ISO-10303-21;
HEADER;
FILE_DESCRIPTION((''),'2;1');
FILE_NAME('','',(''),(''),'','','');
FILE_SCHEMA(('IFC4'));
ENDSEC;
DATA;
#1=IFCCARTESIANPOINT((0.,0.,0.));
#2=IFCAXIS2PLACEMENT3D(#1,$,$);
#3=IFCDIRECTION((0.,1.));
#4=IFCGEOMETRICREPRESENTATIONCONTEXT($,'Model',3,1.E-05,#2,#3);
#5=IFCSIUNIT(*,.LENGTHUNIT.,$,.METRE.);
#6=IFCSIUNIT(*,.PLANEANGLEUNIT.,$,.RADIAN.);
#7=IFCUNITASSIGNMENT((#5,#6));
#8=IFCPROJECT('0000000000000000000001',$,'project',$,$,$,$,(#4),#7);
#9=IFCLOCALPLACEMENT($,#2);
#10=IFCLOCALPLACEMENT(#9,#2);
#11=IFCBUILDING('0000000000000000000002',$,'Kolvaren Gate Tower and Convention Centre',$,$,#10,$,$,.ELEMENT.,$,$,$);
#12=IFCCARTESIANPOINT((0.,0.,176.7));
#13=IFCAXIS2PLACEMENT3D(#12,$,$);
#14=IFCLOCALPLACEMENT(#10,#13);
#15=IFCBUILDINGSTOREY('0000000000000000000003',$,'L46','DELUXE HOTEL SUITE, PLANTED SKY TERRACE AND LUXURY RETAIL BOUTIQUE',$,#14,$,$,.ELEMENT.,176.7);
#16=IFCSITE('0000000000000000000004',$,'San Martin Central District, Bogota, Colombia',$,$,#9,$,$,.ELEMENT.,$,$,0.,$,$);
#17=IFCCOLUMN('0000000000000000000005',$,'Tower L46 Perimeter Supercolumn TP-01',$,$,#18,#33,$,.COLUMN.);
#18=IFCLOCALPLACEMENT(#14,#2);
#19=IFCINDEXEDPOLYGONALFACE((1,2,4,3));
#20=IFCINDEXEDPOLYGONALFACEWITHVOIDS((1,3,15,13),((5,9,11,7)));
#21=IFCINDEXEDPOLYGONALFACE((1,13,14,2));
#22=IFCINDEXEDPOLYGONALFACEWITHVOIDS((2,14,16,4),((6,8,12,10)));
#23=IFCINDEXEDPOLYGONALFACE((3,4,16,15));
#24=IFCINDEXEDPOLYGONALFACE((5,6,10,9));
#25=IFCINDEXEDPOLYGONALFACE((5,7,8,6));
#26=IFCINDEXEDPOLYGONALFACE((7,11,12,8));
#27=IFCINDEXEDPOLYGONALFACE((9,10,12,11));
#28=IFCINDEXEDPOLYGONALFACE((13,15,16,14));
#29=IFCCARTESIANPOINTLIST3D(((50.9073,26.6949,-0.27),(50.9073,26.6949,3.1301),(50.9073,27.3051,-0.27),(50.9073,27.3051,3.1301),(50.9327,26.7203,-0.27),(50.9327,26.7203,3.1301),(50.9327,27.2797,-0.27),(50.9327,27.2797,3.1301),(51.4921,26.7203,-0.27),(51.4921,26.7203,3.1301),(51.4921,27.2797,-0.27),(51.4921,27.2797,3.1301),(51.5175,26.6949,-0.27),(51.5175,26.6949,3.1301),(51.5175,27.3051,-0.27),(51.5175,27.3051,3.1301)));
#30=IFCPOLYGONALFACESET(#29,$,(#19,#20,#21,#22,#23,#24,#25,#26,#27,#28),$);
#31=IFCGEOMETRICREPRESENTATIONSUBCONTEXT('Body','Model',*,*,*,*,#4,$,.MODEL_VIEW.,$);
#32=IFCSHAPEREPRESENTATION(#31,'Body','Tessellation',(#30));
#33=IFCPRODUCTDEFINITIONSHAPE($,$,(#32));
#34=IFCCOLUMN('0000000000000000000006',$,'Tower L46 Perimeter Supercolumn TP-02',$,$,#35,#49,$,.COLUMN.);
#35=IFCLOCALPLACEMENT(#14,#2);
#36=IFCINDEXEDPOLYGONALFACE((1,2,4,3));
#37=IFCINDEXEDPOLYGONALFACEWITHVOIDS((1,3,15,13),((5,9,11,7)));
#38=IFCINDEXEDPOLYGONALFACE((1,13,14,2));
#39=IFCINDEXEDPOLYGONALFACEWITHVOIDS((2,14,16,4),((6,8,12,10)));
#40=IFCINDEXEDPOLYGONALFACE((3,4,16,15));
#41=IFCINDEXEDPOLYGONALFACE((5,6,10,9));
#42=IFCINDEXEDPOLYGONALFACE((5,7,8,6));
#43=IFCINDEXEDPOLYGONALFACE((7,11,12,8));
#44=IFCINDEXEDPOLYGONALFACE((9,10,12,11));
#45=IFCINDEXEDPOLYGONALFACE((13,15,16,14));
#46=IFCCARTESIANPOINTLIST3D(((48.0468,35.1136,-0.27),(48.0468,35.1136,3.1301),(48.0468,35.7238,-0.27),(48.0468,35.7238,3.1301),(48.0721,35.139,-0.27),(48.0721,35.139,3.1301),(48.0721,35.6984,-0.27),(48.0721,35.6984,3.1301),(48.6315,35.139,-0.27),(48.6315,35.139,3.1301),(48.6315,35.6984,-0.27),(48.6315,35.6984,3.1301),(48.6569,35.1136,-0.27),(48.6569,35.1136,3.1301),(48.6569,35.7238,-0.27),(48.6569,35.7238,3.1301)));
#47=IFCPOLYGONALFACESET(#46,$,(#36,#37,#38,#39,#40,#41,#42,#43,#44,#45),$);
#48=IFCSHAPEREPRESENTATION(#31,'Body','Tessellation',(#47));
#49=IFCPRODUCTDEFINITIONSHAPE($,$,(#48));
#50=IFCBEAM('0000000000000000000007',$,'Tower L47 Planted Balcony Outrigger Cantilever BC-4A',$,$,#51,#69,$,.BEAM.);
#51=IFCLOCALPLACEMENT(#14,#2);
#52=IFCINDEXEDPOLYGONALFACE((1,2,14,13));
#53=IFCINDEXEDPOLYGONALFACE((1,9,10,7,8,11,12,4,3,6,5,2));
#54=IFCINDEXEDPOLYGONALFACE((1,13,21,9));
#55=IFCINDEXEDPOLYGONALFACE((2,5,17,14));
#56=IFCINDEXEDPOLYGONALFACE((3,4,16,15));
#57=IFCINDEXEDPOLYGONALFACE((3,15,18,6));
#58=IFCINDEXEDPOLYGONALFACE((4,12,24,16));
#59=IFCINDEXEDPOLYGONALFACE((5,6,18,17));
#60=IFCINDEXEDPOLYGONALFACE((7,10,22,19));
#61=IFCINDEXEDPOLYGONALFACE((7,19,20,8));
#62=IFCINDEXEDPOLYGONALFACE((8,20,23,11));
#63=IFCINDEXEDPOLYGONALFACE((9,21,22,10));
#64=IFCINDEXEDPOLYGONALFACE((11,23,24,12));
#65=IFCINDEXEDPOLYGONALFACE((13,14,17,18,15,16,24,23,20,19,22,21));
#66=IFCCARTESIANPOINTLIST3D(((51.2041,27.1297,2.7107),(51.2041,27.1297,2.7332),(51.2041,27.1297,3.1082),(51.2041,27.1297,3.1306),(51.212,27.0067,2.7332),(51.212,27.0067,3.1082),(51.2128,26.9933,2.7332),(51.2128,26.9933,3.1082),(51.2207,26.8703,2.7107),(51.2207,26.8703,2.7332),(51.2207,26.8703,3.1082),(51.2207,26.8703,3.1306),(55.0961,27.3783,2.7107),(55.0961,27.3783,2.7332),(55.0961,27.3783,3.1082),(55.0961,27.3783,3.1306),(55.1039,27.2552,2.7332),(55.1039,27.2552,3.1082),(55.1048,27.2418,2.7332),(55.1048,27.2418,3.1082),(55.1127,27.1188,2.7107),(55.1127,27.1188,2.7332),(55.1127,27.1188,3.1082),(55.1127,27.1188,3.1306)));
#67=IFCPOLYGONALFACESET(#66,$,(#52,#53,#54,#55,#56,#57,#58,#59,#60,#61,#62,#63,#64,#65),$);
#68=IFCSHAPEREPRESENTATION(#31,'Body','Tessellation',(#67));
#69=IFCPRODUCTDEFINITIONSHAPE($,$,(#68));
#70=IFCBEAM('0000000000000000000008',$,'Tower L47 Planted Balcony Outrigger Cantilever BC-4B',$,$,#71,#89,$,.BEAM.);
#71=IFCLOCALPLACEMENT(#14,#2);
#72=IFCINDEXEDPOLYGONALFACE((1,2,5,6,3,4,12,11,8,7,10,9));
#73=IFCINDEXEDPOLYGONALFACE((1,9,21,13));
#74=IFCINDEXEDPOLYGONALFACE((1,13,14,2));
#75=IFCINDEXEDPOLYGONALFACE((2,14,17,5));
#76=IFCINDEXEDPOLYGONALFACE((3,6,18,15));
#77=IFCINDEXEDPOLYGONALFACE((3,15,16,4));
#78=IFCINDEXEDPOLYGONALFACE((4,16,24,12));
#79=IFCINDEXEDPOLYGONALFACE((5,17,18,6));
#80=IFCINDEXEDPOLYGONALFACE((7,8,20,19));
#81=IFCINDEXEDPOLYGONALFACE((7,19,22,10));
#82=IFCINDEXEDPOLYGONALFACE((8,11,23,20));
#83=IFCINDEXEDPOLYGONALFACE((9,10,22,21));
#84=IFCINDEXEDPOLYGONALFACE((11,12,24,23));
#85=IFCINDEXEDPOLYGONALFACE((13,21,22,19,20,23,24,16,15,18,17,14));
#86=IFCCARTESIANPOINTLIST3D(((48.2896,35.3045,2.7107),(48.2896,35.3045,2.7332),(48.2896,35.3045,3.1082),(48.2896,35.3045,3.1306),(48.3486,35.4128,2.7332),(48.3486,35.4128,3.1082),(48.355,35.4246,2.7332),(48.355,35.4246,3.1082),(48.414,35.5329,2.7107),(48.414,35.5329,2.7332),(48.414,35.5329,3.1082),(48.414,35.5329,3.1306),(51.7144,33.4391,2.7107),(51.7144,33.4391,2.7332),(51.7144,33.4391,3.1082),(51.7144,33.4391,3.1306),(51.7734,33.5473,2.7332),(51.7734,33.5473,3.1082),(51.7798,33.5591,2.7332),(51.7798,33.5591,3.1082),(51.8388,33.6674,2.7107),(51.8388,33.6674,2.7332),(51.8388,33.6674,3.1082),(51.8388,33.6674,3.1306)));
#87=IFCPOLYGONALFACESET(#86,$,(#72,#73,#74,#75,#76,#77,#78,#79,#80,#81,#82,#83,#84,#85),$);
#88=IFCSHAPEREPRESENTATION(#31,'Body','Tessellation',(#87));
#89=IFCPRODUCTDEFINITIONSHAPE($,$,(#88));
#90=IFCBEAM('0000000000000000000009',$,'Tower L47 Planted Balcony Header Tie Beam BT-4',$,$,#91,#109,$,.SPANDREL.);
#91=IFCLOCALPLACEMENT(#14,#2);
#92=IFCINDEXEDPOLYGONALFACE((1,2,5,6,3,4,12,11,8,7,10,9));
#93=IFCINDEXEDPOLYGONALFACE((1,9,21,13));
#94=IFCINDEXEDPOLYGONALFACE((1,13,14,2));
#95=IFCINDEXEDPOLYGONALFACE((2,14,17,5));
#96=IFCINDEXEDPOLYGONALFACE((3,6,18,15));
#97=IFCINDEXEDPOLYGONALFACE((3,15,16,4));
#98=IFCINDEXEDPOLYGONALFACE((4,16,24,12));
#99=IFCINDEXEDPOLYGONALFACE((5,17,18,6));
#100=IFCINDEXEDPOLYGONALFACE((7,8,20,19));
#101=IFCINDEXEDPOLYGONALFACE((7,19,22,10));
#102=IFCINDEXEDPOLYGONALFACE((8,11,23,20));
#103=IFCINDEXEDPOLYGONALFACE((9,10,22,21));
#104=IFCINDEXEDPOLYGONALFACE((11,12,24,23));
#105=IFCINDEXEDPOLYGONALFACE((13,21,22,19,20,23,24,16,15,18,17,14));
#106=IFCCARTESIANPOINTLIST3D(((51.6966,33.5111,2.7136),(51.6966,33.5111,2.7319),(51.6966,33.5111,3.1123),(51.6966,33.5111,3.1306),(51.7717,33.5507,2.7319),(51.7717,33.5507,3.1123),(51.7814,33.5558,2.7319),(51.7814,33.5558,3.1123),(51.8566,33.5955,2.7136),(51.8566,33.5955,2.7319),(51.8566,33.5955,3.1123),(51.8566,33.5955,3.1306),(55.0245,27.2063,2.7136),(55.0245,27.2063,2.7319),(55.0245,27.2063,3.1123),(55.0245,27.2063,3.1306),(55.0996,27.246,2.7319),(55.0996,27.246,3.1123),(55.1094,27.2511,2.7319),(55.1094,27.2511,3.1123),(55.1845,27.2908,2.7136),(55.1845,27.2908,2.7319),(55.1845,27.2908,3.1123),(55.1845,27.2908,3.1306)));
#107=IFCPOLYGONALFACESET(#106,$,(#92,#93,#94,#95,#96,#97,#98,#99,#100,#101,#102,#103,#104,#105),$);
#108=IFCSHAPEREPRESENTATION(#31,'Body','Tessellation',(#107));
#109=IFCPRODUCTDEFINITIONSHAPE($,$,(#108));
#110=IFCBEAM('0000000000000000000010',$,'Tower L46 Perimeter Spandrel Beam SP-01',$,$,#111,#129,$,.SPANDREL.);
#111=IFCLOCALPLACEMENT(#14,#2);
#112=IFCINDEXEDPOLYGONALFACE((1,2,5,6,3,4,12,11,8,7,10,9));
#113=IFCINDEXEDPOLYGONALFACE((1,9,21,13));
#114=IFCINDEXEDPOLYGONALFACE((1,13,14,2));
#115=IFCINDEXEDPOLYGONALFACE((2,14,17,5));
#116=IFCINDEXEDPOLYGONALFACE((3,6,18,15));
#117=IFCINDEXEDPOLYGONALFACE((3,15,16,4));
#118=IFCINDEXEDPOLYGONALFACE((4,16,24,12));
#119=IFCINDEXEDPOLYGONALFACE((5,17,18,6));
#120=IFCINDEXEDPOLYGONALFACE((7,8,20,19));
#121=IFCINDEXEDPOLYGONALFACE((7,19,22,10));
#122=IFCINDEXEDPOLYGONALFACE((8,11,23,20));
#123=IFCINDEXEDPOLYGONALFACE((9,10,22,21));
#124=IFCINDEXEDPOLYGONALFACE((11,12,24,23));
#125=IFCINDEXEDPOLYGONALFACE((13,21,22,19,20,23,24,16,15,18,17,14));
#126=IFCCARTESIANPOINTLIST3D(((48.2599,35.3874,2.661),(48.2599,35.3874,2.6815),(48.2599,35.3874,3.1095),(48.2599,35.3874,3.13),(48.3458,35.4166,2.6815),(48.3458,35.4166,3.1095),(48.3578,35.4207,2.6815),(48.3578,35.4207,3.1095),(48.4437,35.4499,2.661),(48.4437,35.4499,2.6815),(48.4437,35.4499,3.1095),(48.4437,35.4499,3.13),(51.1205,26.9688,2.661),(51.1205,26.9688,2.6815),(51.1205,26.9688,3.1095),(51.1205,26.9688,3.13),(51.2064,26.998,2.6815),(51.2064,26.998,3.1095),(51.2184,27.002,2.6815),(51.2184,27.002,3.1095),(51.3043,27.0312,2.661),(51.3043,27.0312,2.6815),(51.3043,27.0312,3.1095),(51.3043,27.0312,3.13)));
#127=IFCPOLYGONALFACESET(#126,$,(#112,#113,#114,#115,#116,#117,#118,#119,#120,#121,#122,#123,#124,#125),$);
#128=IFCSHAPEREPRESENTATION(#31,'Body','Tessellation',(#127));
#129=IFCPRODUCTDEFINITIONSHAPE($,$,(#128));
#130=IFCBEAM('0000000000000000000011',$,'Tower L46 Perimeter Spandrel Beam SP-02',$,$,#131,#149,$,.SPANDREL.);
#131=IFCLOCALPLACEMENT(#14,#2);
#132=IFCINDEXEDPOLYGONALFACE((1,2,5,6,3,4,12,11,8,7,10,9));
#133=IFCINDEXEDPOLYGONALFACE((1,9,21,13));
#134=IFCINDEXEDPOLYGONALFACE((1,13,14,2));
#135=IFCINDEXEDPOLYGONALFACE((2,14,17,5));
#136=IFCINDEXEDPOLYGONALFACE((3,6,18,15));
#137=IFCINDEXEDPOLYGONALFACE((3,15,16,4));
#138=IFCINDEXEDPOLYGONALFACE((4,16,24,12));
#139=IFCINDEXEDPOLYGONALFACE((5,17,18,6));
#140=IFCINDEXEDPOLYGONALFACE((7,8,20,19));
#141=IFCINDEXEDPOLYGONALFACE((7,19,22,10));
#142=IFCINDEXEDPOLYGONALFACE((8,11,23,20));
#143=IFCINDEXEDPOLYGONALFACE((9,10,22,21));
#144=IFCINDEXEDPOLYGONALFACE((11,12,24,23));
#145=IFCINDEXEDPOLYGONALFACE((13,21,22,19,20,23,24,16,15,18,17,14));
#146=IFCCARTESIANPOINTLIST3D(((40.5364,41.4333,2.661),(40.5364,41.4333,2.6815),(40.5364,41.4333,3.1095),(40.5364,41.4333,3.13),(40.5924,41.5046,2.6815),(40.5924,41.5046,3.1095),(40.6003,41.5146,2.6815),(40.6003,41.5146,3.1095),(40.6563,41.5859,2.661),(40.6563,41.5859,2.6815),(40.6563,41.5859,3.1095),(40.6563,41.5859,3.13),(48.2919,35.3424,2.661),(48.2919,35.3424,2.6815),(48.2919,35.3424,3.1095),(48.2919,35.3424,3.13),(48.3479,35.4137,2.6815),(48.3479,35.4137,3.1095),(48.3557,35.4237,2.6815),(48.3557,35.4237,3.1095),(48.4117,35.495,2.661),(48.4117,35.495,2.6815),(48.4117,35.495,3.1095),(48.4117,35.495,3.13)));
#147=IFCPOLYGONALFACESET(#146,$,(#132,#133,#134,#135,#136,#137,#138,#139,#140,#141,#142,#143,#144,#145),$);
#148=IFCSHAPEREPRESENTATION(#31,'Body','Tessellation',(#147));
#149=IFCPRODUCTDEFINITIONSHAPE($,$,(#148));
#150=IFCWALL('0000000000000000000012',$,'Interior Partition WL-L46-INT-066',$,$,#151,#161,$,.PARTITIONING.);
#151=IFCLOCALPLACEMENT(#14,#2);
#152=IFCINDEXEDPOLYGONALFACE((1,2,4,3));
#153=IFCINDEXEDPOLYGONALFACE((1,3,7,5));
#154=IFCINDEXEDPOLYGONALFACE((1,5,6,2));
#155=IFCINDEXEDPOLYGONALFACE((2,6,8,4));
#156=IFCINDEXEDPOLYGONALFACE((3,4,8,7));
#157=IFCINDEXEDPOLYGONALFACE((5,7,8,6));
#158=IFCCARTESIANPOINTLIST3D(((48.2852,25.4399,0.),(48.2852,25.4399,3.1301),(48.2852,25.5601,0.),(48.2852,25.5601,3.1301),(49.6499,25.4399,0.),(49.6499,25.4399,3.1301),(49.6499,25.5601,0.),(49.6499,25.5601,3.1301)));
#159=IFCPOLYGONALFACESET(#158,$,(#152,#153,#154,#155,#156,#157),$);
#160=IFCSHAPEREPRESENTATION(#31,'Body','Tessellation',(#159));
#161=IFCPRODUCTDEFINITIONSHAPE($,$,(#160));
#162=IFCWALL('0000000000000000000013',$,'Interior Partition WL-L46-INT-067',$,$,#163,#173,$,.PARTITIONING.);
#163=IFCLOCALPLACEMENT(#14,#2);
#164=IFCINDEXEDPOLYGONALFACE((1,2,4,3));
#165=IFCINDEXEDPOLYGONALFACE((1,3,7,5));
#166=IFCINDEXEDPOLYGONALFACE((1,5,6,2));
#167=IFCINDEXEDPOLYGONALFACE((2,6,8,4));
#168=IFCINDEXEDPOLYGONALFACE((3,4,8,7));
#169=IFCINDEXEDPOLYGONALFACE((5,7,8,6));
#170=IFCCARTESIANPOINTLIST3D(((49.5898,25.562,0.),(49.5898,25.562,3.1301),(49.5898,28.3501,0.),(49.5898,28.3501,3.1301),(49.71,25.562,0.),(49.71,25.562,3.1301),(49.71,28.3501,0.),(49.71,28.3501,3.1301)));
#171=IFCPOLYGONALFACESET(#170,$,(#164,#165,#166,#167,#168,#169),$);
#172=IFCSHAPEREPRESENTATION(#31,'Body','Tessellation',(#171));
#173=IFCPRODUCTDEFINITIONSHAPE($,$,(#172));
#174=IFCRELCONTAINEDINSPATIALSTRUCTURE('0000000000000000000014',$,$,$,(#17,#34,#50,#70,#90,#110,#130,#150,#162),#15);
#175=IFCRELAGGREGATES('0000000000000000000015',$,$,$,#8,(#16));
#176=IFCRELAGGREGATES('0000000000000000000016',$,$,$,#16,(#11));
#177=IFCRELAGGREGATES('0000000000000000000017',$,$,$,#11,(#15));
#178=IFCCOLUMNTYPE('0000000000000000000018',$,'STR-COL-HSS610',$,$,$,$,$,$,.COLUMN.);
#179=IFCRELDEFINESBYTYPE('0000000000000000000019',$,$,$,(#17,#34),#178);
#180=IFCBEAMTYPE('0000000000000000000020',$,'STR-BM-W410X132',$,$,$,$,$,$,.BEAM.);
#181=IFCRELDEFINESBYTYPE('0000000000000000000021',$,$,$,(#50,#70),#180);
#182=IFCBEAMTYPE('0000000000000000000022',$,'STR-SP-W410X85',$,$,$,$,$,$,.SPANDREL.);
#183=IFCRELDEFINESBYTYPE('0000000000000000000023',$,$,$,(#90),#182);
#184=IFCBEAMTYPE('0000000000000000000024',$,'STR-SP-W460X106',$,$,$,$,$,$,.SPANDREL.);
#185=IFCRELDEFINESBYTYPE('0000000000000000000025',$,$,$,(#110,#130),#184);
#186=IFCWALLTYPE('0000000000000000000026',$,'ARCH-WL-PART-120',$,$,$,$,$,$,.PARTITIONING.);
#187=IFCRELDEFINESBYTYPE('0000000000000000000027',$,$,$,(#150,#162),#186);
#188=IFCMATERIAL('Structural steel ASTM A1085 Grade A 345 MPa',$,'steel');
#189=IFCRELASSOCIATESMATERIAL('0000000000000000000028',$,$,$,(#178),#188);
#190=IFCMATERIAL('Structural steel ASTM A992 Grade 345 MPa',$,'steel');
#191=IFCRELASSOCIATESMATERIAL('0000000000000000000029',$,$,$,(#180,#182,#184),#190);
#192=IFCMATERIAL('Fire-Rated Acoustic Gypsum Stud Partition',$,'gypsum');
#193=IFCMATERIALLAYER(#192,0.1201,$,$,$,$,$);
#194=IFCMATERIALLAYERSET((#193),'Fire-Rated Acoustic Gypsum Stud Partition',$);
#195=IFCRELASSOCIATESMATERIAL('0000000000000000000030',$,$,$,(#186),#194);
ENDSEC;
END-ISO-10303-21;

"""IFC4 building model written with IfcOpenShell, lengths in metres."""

from ifc_helpers import new_model, si_unit, direction, frame, frame_2d, origin, origin_2d, place, context, subcontext, project, spatial, rectangle, hollow_rectangle, i_section, extrude, material, layer, layer_set, material_profile, profile_set, type_object, element, save


model = new_model("IFC4")

# Units and contexts
model_context = context("Model", 3, precision=1e-05, world=origin(), true_north=direction((0.0, 1.0)))
body_context = subcontext(model_context, "Body", "Model", "MODEL_VIEW")
ifc_project = project(units=[si_unit("LENGTHUNIT", "METRE"), si_unit("PLANEANGLEUNIT", "RADIAN")], contexts=[model_context])

# Site, building, storey
site_placement = place(None, origin())
site = spatial("IfcSite", under=ifc_project, at=site_placement, Name="San Martin Central District, Bogota, Colombia", CompositionType="ELEMENT", RefElevation=0.0)
building_placement = place(site_placement, origin())
building = spatial("IfcBuilding", under=site, at=building_placement, Name="Kolvaren Gate Tower and Convention Centre", CompositionType="ELEMENT")
storey_placement = place(building_placement, frame((0.0, 0.0, 176.7)))
storey = spatial("IfcBuildingStorey", under=building, at=storey_placement, Name="L46", Description="DELUXE HOTEL SUITE, PLANTED SKY TERRACE AND LUXURY RETAIL BOUTIQUE", CompositionType="ELEMENT", Elevation=176.7)

# Columns
ifc_material_1 = material(Name="Structural steel ASTM A1085 Grade A 345 MPa", Category="steel")
ifc_material_profile_1 = material_profile(ifc_material_1, hollow_rectangle(XDim=0.6101, YDim=0.6101, WallThickness=0.0254, at=origin_2d()), Name="HSS610X610X25.4")
ifc_profile_set_1 = profile_set([ifc_material_profile_1], Name="Structural steel ASTM A1085 Grade A 345 MPa")
column_type = type_object("IfcColumnType", Name="STR-COL-HSS610", PredefinedType="COLUMN", material=ifc_profile_set_1)
for number, where, z_axis, x_axis, name in (
    (1, (51.2124, 27.0, -0.27), (0.0, 0.0, 1.0), (1.0, 0.0, 0.0), "Tower L46 Perimeter Supercolumn TP-01"),
    (2, (48.3518, 35.4187, -0.27), (0.0, 0.0, 1.0), (1.0, 0.0, 0.0), "Tower L46 Perimeter Supercolumn TP-02"),
):
    element("IfcColumn", number, at=place(storey_placement, frame(where, z_axis=z_axis, x_axis=x_axis)), inside=storey, type_object=column_type, Name=name, PredefinedType="COLUMN", context=body_context, shape_type="SweptSolid", body=[
        extrude(hollow_rectangle(XDim=0.6101, YDim=0.6101, WallThickness=0.0254, at=origin_2d()), origin(), (0.0, 0.0, 1.0), 3.4001),
    ])

# Beams
ifc_material_2 = material(Name="Structural steel ASTM A992 Grade 345 MPa", Category="steel")
ifc_material_profile_2 = material_profile(ifc_material_2, i_section(OverallWidth=0.26, OverallDepth=0.4199, WebThickness=0.0134, FlangeThickness=0.0225, at=origin_2d()), Name="W410X132")
ifc_profile_set_2 = profile_set([ifc_material_profile_2], Name="Structural steel ASTM A992 Grade 345 MPa")
beam_type_1 = type_object("IfcBeamType", Name="STR-BM-W410X132", PredefinedType="BEAM", material=ifc_profile_set_2)
for number, where, z_axis, x_axis, name in (
    (3, (51.2124, 27.0, 2.9207), (0.997967, 0.063727, 0.0), (-0.063727, 0.997967, 0.0), "Tower L47 Planted Balcony Outrigger Cantilever BC-4A"),
    (4, (48.3518, 35.4187, 2.9207), (0.878175, -0.478339, 0.0), (0.478339, 0.878175, 0.0), "Tower L47 Planted Balcony Outrigger Cantilever BC-4B"),
):
    element("IfcBeam", number, at=place(storey_placement, frame(where, z_axis=z_axis, x_axis=x_axis)), inside=storey, type_object=beam_type_1, Name=name, PredefinedType="BEAM", context=body_context, shape_type="SweptSolid", body=[
        extrude(i_section(OverallWidth=0.26, OverallDepth=0.4199, WebThickness=0.0134, FlangeThickness=0.0225, at=origin_2d()), origin(), (0.0, 0.0, 1.0), 3.8999),
    ])
ifc_material_profile_3 = material_profile(ifc_material_2, i_section(OverallWidth=0.1809, OverallDepth=0.417, WebThickness=0.011, FlangeThickness=0.0183, at=origin_2d()), Name="W410X85")
ifc_profile_set_3 = profile_set([ifc_material_profile_3], Name="Structural steel ASTM A992 Grade 345 MPa")
beam_type_2 = type_object("IfcBeamType", Name="STR-SP-W410X85", PredefinedType="SPANDREL", material=ifc_profile_set_3)
beam_1_placement = place(storey_placement, frame((55.1045, 27.2485, 2.9221), z_axis=(-0.466803, 0.884361, 0.0), x_axis=(-0.884361, -0.466803, 0.0)))
element("IfcBeam", 5, at=beam_1_placement, inside=storey, type_object=beam_type_2, Name="Tower L47 Planted Balcony Header Tie Beam BT-4", PredefinedType="SPANDREL", context=body_context, shape_type="SweptSolid", body=[
    extrude(i_section(OverallWidth=0.1809, OverallDepth=0.417, WebThickness=0.011, FlangeThickness=0.0183, at=origin_2d()), origin(), (0.0, 0.0, 1.0), 7.1292),
])
ifc_material_profile_4 = material_profile(ifc_material_2, i_section(OverallWidth=0.1941, OverallDepth=0.469, WebThickness=0.0127, FlangeThickness=0.0205, at=origin_2d()), Name="W460X106")
ifc_profile_set_4 = profile_set([ifc_material_profile_4], Name="Structural steel ASTM A992 Grade 345 MPa")
beam_type_3 = type_object("IfcBeamType", Name="STR-SP-W460X106", PredefinedType="SPANDREL", material=ifc_profile_set_4)
beam_2_placement = place(storey_placement, frame((51.2124, 27.0, 2.8955), z_axis=(-0.321725, 0.946833, 0.0), x_axis=(-0.946833, -0.321725, 0.0)))
element("IfcBeam", 6, at=beam_2_placement, inside=storey, type_object=beam_type_3, Name="Tower L46 Perimeter Spandrel Beam SP-01", PredefinedType="SPANDREL", context=body_context, shape_type="SweptSolid", body=[
    extrude(i_section(OverallWidth=0.1941, OverallDepth=0.469, WebThickness=0.0127, FlangeThickness=0.0205, at=origin_2d()), origin(), (0.0, 0.0, 1.0), 8.8914),
])
beam_3_placement = place(storey_placement, frame((48.3518, 35.4187, 2.8955), z_axis=(-0.786451, 0.617653, 0.0), x_axis=(-0.617653, -0.786451, 0.0)))
element("IfcBeam", 7, at=beam_3_placement, inside=storey, type_object=beam_type_3, Name="Tower L46 Perimeter Spandrel Beam SP-02", PredefinedType="SPANDREL", context=body_context, shape_type="SweptSolid", body=[
    extrude(i_section(OverallWidth=0.1941, OverallDepth=0.469, WebThickness=0.0127, FlangeThickness=0.0205, at=origin_2d()), origin(), (0.0, 0.0, 1.0), 9.8613),
])

# Walls
ifc_material_3 = material(Name="Fire-Rated Acoustic Gypsum Stud Partition", Category="gypsum")
ifc_layer_1 = layer(ifc_material_3, 0.1201)
ifc_layer_set_1 = layer_set([ifc_layer_1], Name="Fire-Rated Acoustic Gypsum Stud Partition")
wall_type_1 = type_object("IfcWallType", Name="ARCH-WL-PART-120", PredefinedType="PARTITIONING", material=ifc_layer_set_1)
wall_1_placement = place(storey_placement, frame((48.2852, 25.5, 0.0), z_axis=(0.0, 0.0, 1.0), x_axis=(1.0, 0.0, 0.0)))
element("IfcWall", 8, at=wall_1_placement, inside=storey, type_object=wall_type_1, Name="Interior Partition WL-L46-INT-066", PredefinedType="PARTITIONING", context=body_context, shape_type="SweptSolid", body=[
    extrude(rectangle(XDim=1.3647, YDim=0.1201, at=frame_2d((0.6824, 0.0))), origin(), (0.0, 0.0, 1.0), 3.1301),
])
wall_2_placement = place(storey_placement, frame((49.6499, 25.562, 0.0), z_axis=(0.0, 0.0, 1.0), x_axis=(0.0, 1.0, 0.0)))
element("IfcWall", 9, at=wall_2_placement, inside=storey, type_object=wall_type_1, Name="Interior Partition WL-L46-INT-067", PredefinedType="PARTITIONING", context=body_context, shape_type="SweptSolid", body=[
    extrude(rectangle(XDim=2.7881, YDim=0.1201, at=frame_2d((1.394, 0.0))), origin(), (0.0, 0.0, 1.0), 3.1301),
])

save(model, "model.ifc")
